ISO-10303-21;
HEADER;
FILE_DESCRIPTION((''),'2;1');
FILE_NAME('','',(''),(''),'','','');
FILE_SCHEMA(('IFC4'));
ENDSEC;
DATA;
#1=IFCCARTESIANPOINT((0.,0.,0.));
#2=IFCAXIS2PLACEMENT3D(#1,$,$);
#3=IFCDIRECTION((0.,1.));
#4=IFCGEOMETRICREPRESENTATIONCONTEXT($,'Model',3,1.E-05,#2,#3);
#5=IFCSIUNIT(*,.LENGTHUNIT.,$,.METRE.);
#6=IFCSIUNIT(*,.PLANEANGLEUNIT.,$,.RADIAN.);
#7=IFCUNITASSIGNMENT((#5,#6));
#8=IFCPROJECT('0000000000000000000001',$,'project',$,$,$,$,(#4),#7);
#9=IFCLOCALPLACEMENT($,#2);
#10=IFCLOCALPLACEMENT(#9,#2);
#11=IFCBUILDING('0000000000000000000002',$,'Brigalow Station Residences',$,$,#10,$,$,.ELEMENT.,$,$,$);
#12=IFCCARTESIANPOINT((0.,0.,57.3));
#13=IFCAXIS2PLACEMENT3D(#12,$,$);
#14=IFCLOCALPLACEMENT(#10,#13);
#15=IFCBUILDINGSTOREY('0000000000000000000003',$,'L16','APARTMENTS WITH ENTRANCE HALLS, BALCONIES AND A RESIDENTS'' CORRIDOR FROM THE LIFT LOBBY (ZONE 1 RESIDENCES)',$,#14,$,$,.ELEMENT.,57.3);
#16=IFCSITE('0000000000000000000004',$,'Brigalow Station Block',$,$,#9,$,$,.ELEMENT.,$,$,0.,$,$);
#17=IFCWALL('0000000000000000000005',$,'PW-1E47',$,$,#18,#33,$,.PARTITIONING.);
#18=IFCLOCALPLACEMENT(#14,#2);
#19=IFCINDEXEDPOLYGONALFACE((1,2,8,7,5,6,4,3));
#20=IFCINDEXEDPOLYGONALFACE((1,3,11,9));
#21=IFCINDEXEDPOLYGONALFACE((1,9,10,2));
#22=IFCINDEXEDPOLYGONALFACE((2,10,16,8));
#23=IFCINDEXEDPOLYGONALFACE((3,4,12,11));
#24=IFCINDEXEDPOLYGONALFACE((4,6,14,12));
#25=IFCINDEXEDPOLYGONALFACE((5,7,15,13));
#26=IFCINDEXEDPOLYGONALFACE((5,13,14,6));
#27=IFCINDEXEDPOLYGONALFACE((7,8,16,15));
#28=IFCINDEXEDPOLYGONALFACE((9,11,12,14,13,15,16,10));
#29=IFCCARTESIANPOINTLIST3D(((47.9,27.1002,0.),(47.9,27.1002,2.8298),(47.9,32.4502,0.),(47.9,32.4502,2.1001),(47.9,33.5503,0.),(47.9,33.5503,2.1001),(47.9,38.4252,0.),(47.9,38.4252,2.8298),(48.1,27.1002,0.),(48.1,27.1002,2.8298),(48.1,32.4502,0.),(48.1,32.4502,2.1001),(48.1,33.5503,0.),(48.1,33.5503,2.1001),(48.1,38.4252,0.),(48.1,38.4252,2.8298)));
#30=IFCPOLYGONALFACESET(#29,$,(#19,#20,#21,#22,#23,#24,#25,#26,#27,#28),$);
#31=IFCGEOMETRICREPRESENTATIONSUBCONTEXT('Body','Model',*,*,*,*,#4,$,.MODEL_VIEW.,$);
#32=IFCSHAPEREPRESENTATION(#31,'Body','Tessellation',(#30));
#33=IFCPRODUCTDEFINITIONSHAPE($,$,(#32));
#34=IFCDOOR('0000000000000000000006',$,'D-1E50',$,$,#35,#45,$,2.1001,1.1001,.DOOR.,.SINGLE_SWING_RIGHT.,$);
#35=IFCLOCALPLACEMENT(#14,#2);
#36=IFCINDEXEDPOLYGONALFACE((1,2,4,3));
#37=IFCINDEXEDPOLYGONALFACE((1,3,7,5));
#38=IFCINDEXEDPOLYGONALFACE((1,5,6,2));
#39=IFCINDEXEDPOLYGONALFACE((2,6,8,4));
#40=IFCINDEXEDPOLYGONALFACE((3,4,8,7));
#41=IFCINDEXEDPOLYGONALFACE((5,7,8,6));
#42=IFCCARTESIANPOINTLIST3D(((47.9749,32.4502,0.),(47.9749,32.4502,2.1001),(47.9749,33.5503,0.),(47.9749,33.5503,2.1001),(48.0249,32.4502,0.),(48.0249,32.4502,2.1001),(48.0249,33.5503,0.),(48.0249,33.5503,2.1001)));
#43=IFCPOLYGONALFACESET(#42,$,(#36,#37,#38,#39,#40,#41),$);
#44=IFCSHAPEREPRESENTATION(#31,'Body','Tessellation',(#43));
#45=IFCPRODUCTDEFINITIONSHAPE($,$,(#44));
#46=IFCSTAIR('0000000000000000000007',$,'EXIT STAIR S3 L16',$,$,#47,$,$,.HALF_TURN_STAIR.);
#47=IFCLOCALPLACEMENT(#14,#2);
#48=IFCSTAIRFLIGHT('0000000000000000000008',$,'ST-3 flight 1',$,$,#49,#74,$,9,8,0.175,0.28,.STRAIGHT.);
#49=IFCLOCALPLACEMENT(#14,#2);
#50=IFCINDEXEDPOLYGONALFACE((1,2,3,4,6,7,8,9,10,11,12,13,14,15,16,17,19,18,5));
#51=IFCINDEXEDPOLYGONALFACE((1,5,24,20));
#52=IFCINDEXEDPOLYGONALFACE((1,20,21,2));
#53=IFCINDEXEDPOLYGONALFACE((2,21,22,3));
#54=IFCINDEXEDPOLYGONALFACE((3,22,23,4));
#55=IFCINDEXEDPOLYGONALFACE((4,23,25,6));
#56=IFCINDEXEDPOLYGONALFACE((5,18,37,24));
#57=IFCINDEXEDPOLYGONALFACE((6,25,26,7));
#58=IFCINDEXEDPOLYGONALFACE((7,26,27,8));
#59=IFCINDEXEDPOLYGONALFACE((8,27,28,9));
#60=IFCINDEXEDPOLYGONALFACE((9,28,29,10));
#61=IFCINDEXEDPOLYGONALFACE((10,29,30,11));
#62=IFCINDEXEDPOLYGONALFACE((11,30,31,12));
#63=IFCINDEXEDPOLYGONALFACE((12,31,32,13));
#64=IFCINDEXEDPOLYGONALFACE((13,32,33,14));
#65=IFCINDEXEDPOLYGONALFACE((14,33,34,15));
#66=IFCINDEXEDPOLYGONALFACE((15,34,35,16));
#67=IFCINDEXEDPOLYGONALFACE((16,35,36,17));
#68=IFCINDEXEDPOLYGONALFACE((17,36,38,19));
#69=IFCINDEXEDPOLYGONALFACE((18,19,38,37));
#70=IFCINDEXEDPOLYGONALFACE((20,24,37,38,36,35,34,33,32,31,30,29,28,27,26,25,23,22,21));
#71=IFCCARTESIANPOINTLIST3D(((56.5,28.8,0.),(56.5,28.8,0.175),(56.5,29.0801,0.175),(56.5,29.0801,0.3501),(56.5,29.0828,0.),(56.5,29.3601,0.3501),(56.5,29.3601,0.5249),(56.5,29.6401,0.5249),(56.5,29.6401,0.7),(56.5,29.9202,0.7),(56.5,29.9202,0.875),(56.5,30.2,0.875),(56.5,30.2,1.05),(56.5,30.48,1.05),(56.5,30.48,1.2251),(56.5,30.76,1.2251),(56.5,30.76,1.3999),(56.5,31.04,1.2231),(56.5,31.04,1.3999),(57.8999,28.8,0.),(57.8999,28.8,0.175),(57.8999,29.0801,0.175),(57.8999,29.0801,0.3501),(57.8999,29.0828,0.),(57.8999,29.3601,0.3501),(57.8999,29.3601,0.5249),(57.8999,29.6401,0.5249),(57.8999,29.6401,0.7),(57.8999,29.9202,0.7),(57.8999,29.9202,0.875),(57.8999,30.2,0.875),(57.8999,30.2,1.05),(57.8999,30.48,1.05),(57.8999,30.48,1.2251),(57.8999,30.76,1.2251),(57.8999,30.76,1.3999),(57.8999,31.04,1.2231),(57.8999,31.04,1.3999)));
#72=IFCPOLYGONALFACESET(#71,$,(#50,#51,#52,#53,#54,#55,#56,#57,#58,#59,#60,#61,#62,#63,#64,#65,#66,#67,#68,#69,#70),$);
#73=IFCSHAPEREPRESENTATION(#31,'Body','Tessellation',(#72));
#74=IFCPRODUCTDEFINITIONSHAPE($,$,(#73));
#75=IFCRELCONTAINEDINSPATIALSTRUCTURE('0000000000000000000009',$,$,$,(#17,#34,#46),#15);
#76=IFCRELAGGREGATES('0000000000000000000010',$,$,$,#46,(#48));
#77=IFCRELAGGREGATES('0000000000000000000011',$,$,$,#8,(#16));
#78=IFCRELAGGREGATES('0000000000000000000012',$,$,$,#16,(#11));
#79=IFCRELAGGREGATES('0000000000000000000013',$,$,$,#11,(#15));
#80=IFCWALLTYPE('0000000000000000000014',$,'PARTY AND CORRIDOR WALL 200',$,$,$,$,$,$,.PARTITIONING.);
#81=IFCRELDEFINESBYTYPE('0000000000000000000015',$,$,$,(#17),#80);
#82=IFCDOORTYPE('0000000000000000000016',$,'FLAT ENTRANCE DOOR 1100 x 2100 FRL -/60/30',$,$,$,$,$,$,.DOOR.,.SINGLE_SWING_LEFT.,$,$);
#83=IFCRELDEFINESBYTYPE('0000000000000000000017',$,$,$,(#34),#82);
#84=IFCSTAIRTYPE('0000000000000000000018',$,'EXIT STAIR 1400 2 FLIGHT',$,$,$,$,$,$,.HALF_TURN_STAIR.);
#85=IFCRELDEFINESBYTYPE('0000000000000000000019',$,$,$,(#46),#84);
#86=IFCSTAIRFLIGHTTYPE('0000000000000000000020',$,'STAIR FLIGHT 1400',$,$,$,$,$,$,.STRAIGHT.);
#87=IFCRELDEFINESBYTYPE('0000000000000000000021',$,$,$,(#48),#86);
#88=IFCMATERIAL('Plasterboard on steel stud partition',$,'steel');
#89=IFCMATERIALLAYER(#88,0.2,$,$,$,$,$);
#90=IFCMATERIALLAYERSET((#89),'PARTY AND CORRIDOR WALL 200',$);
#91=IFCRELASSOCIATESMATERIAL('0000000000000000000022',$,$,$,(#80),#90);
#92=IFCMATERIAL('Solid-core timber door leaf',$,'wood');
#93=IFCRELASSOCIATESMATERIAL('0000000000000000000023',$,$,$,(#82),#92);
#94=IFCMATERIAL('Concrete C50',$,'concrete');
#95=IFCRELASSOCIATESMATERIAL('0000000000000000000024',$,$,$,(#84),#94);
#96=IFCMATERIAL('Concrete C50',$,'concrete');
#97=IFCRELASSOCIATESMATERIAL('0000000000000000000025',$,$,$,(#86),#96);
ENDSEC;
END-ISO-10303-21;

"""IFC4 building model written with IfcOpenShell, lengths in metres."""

from ifc_helpers import new_model, si_unit, direction, frame, frame_2d, origin, place, context, subcontext, project, spatial, polyline, rectangle, outline, extrude, material, layer, layer_set, type_object, element, fill, aggregate, save


model = new_model("IFC4")

# Units and contexts
model_context = context("Model", 3, precision=1e-05, world=origin(), true_north=direction((0.0, 1.0)))
body_context = subcontext(model_context, "Body", "Model", "MODEL_VIEW")
ifc_project = project(units=[si_unit("LENGTHUNIT", "METRE"), si_unit("PLANEANGLEUNIT", "RADIAN")], contexts=[model_context])

# Site, building, storey
site_placement = place(None, origin())
site = spatial("IfcSite", under=ifc_project, at=site_placement, Name="Brigalow Station Block", CompositionType="ELEMENT", RefElevation=0.0)
building_placement = place(site_placement, origin())
building = spatial("IfcBuilding", under=site, at=building_placement, Name="Brigalow Station Residences", CompositionType="ELEMENT")
storey_placement = place(building_placement, frame((0.0, 0.0, 57.3)))
storey = spatial("IfcBuildingStorey", under=building, at=storey_placement, Name="L16", Description="APARTMENTS WITH ENTRANCE HALLS, BALCONIES AND A RESIDENTS' CORRIDOR FROM THE LIFT LOBBY (ZONE 1 RESIDENCES)", CompositionType="ELEMENT", Elevation=57.3)

# Shared definitions
ifc_material_1 = material(Name="Plasterboard on steel stud partition", Category="steel")
ifc_layer_1 = layer(ifc_material_1, 0.2)
ifc_layer_set_1 = layer_set([ifc_layer_1], Name="PARTY AND CORRIDOR WALL 200")
wall_type_1 = type_object("IfcWallType", Name="PARTY AND CORRIDOR WALL 200", PredefinedType="PARTITIONING", material=ifc_layer_set_1)

# Wall, opening, door
wall_1_placement = place(storey_placement, frame((48.0, 27.1001, 0.0), z_axis=(0.0, 0.0, 1.0), x_axis=(0.0, 1.0, 0.0)))
wall_1 = element("IfcWall", 1, at=wall_1_placement, inside=storey, type_object=wall_type_1, Name="PW-1E47", PredefinedType="PARTITIONING", context=body_context, shape_type="SweptSolid", body=[
    extrude(rectangle(XDim=11.325, YDim=0.2, at=frame_2d((5.6626, 0.0))), origin(), (0.0, 0.0, 1.0), 2.8298),
])
opening_1_placement = place(wall_1_placement, frame((5.3501, 0.0, 0.0)))
opening_1 = element("IfcOpeningElement", 2, at=opening_1_placement, cuts=wall_1, PredefinedType="OPENING", context=body_context, shape_type="SweptSolid", body=[
    extrude(rectangle(XDim=1.1001, YDim=2.1001, at=frame_2d((0.55, 1.05))), frame((0.0, 0.1099, 0.0), z_axis=(0.0, -1.0, 0.0), x_axis=(1.0, 0.0, 0.0)), (0.0, 0.0, 1.0), 0.22),
])
ifc_material_2 = material(Name="Solid-core timber door leaf", Category="wood")
door_type_1 = type_object("IfcDoorType", Name="FLAT ENTRANCE DOOR 1100 x 2100 FRL -/60/30", OperationType="SINGLE_SWING_LEFT", PredefinedType="DOOR", material=ifc_material_2)
door_1_placement = place(opening_1_placement, frame((1.1001, 0.0, 0.0), z_axis=(0.0, 0.0, 1.0), x_axis=(-1.0, 0.0, 0.0)))
door_1 = element("IfcDoor", 3, at=door_1_placement, inside=storey, type_object=door_type_1, Name="D-1E50", OperationType="SINGLE_SWING_RIGHT", OverallHeight=2.1001, OverallWidth=1.1001, PredefinedType="DOOR", context=body_context, shape_type="SweptSolid", body=[
    extrude(rectangle(XDim=1.1001, YDim=2.1001, at=frame_2d((0.55, 1.05))), frame((0.0, 0.0249, 0.0), z_axis=(0.0, -1.0, 0.0), x_axis=(1.0, 0.0, 0.0)), (0.0, 0.0, 1.0), 0.05),
])
fill(opening_1, door_1)

# Stair, stair flight
ifc_material_3 = material(Name="Concrete C50", Category="concrete")
stair_type = type_object("IfcStairType", Name="EXIT STAIR 1400 2 FLIGHT", PredefinedType="HALF_TURN_STAIR", material=ifc_material_3)
stair_placement = place(storey_placement, origin())
stair = element("IfcStair", 4, at=stair_placement, inside=storey, type_object=stair_type, Name="EXIT STAIR S3 L16", PredefinedType="HALF_TURN_STAIR")
ifc_material_4 = material(Name="Concrete C50", Category="concrete")
stair_flight_type = type_object("IfcStairFlightType", Name="STAIR FLIGHT 1400", PredefinedType="STRAIGHT", material=ifc_material_4)
stair_flight_placement = place(storey_placement, frame((57.2, 28.8, 0.0), z_axis=(0.0, 0.0, 1.0), x_axis=(0.0, 1.0, 0.0)))
stair_flight = element("IfcStairFlight", 5, at=stair_flight_placement, type_object=stair_flight_type, Name="ST-3 flight 1", NumberOfRisers=9, NumberOfTreads=8, PredefinedType="STRAIGHT", RiserHeight=0.175, TreadLength=0.28, context=body_context, shape_type="SweptSolid", body=[
    extrude(outline(polyline([(0.0, 0.0), (0.0, 0.175), (0.28, 0.175), (0.28, 0.3501), (0.5601, 0.3501), (0.5601, 0.5249), (0.8401, 0.5249), (0.8401, 0.7), (1.1201, 0.7), (1.1201, 0.875), (1.3999, 0.875), (1.3999, 1.05), (1.6799, 1.05), (1.6799, 1.2251), (1.96, 1.2251), (1.96, 1.3999), (2.24, 1.3999), (2.24, 1.575), (2.24, 1.2231), (0.2827, 0.0), (0.0, 0.0)])), frame((0.0, 0.7, 0.0), z_axis=(0.0, -1.0, 0.0), x_axis=(1.0, 0.0, 0.0)), (0.0, 0.0, 1.0), 1.3999),
])
aggregate(stair, [stair_flight])

save(model, "model.ifc")
